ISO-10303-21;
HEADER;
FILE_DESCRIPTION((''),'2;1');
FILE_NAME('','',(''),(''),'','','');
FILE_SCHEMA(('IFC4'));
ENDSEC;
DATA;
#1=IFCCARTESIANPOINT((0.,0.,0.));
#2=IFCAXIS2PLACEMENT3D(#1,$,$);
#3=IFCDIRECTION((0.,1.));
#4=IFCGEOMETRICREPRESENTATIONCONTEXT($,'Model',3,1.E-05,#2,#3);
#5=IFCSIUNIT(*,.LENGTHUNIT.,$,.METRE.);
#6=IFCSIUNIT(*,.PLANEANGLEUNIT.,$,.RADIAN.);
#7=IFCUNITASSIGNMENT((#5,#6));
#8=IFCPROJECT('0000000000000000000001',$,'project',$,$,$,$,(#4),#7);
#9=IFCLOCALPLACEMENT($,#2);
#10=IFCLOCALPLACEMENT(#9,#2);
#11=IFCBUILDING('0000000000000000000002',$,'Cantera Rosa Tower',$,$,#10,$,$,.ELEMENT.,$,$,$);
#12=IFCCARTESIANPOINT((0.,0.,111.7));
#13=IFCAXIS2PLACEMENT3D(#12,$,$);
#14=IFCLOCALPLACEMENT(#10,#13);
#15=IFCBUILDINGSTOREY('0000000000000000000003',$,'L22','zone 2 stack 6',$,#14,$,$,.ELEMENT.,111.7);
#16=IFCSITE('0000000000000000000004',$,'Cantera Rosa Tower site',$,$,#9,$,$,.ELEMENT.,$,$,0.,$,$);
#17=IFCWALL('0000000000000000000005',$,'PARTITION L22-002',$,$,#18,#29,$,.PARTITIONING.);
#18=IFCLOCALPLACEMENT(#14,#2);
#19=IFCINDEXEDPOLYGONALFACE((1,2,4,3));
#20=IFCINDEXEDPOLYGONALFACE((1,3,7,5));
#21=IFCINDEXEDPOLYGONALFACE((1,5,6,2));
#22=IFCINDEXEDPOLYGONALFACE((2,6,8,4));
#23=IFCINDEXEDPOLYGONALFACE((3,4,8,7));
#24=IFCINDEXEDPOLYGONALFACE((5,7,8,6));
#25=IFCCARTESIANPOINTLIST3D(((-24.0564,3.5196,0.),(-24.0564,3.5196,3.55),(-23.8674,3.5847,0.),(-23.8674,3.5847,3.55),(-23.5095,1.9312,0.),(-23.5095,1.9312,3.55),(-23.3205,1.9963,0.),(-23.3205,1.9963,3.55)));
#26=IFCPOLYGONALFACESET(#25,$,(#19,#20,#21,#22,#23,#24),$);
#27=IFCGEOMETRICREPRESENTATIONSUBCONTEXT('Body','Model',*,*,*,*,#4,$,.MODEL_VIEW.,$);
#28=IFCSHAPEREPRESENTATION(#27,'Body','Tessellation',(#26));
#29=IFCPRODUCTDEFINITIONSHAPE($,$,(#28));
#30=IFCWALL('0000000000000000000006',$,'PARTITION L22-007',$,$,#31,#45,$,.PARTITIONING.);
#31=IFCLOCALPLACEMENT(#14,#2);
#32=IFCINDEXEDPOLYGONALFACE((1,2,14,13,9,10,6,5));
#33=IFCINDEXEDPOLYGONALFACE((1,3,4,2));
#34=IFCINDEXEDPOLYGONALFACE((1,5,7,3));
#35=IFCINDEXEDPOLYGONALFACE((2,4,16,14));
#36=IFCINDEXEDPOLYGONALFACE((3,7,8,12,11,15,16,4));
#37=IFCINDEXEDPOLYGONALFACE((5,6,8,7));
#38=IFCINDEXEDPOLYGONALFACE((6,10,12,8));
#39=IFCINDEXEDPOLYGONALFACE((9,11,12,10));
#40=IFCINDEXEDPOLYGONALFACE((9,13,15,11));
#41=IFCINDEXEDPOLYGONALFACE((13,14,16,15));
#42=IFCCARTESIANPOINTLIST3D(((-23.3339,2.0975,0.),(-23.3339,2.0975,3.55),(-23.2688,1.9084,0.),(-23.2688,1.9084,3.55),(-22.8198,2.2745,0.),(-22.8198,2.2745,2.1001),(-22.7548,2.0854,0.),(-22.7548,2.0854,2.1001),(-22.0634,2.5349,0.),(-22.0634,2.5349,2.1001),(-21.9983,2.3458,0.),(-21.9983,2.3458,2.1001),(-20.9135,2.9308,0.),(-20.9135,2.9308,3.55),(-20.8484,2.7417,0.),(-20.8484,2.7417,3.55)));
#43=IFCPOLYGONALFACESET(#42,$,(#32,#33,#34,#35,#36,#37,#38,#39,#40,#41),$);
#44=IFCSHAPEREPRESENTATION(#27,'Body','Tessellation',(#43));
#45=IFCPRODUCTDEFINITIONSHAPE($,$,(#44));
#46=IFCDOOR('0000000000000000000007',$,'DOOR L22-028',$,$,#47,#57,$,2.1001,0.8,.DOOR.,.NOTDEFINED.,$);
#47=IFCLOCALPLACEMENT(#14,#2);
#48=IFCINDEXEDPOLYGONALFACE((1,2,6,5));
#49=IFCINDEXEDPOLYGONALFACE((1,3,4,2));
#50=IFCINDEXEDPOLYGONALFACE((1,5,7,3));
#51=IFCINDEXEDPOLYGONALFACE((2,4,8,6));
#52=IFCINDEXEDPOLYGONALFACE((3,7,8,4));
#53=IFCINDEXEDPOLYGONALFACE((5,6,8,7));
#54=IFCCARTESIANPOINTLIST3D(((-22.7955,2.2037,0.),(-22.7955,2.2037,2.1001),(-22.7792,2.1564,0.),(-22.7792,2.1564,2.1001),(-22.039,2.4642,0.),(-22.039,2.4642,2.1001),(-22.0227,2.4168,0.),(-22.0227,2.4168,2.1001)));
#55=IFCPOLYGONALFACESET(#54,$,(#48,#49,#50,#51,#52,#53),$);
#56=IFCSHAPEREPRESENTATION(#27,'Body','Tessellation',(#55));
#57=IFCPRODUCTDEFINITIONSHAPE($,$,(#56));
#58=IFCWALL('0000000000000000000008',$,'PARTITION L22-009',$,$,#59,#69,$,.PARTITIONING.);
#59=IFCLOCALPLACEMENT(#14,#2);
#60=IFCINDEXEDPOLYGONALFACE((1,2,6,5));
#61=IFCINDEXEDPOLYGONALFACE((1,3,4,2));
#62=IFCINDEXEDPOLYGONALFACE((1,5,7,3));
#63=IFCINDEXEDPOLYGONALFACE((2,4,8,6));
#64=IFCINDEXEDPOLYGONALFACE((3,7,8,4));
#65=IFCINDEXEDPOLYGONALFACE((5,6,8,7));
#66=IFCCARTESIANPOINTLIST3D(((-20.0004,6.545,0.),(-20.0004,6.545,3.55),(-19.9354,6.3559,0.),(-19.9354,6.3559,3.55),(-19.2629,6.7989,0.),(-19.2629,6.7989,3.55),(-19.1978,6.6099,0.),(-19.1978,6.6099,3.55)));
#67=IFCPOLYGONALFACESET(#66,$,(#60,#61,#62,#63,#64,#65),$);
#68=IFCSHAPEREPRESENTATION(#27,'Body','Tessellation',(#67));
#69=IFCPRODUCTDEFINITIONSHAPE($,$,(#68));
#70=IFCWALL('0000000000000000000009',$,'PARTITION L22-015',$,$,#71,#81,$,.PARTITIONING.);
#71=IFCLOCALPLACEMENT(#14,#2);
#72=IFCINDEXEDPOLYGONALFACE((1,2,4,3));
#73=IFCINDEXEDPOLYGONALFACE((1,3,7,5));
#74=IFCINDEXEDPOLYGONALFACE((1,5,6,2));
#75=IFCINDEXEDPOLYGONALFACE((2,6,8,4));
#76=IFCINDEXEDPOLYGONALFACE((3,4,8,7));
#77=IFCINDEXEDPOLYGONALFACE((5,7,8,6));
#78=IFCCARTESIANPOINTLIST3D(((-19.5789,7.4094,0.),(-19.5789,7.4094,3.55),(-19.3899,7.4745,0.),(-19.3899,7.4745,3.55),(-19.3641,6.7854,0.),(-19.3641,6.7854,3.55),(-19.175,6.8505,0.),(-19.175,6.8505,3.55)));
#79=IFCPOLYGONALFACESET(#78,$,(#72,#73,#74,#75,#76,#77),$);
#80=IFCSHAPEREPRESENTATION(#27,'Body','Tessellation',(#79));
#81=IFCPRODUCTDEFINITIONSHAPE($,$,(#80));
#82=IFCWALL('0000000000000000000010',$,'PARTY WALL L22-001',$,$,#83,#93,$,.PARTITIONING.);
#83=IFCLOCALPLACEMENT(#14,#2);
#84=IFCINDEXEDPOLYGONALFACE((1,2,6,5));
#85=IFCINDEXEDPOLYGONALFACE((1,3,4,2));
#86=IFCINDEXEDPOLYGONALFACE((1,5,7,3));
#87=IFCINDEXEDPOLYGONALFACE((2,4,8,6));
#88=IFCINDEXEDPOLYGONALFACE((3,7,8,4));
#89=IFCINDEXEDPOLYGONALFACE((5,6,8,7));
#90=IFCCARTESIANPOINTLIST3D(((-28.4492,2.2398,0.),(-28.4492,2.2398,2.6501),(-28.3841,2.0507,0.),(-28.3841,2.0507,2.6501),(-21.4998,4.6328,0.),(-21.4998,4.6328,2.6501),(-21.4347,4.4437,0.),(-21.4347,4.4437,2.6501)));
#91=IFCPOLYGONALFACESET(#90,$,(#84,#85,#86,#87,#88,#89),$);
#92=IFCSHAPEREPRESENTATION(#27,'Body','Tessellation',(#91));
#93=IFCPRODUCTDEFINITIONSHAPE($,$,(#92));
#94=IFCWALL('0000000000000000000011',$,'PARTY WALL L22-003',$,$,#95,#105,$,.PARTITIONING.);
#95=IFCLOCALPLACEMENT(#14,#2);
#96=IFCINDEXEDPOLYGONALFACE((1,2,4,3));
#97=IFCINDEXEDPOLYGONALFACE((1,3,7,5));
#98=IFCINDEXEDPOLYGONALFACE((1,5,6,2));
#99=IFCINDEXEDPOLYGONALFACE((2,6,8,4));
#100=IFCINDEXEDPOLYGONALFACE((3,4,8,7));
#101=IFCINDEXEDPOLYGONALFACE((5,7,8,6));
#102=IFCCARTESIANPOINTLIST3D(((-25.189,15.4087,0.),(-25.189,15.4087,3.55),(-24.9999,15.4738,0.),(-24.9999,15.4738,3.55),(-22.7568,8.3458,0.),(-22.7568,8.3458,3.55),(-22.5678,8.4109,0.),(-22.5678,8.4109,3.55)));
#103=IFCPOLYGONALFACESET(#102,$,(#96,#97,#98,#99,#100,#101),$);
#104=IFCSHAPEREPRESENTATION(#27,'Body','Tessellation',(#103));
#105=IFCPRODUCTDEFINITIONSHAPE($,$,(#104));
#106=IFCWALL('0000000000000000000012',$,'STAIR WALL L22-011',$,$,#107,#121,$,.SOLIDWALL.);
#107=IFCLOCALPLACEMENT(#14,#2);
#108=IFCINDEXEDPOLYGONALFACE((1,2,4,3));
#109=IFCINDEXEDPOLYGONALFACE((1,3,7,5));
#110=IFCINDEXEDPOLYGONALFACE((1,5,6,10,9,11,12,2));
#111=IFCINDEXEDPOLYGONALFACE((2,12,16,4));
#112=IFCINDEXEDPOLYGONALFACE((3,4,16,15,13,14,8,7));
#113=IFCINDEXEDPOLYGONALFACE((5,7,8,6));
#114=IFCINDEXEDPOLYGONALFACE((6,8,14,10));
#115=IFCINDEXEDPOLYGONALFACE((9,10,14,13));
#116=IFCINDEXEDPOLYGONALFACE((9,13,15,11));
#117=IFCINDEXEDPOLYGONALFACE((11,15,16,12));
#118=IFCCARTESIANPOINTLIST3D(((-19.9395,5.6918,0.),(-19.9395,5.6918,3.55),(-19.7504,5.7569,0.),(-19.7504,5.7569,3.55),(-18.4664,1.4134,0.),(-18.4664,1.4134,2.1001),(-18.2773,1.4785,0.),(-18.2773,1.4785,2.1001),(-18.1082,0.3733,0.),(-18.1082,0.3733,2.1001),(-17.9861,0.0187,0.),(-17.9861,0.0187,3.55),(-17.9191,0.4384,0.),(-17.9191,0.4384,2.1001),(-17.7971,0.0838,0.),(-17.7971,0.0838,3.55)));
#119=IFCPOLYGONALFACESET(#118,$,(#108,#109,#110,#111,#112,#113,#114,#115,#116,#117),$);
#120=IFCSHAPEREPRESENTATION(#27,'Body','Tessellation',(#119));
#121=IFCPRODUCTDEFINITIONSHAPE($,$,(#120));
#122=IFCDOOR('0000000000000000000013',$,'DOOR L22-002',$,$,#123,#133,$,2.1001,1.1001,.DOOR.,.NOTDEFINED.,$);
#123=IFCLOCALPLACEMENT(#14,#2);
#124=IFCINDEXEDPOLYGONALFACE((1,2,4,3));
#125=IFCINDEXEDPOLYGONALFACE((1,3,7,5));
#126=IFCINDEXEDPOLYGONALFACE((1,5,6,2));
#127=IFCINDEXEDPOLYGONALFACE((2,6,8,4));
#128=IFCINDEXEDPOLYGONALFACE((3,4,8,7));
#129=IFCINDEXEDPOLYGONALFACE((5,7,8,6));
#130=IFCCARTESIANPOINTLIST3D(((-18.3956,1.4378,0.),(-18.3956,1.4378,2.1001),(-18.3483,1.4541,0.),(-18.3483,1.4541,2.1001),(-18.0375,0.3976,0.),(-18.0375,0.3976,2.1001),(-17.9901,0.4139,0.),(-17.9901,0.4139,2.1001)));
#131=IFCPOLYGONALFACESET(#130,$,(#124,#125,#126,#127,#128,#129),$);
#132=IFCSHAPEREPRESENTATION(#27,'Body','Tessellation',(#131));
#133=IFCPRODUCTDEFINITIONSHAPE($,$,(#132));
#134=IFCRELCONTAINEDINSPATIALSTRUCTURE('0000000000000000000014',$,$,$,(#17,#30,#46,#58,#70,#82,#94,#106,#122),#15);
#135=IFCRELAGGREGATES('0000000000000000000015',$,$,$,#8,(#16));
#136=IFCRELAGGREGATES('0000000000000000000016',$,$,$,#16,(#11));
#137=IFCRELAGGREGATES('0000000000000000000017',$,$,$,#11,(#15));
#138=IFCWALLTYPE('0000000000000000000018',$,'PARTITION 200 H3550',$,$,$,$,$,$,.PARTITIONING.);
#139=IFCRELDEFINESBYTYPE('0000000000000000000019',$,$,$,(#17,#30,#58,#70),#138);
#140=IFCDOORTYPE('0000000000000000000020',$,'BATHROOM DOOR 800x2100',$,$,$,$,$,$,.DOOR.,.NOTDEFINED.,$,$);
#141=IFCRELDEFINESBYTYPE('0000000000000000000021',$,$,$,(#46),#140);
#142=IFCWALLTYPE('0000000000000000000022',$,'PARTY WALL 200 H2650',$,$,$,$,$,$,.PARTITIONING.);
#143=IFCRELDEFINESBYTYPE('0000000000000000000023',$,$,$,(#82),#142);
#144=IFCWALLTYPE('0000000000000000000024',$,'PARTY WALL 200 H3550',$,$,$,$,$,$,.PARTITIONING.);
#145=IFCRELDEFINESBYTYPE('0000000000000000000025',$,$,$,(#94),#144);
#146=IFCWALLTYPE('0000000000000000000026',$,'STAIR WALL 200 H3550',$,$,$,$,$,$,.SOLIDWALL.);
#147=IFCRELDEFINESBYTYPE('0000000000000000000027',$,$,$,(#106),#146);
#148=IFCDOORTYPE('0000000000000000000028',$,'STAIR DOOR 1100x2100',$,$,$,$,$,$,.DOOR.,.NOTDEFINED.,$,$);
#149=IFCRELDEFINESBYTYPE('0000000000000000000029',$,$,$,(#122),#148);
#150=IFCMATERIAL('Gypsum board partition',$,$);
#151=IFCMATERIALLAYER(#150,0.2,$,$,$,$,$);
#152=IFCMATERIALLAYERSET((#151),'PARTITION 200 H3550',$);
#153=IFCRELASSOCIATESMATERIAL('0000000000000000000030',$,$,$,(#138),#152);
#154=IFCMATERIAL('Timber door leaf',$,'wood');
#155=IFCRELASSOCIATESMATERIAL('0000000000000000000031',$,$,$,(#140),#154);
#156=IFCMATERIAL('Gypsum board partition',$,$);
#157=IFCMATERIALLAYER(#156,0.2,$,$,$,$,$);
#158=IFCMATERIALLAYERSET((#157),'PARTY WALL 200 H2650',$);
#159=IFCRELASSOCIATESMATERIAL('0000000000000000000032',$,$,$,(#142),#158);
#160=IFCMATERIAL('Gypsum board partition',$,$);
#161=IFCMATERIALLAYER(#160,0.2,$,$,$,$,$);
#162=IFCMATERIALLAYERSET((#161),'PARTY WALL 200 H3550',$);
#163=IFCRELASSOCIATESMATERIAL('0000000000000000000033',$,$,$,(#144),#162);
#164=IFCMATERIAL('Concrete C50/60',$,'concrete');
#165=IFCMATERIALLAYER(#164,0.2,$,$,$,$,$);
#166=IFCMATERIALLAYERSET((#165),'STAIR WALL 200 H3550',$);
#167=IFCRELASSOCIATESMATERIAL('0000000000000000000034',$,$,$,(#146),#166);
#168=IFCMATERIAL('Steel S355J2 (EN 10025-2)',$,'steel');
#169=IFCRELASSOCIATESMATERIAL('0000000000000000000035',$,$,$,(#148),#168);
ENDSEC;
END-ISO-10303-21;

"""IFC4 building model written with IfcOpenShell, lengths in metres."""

from ifc_helpers import new_model, si_unit, direction, frame, frame_2d, origin, place, context, subcontext, project, spatial, rectangle, extrude, material, layer, layer_set, type_object, element, fill, save


model = new_model("IFC4")

# Units and contexts
model_context = context("Model", 3, precision=1e-05, world=origin(), true_north=direction((0.0, 1.0)))
body_context = subcontext(model_context, "Body", "Model", "MODEL_VIEW")
ifc_project = project(units=[si_unit("LENGTHUNIT", "METRE"), si_unit("PLANEANGLEUNIT", "RADIAN")], contexts=[model_context])

# Site, building, storey
site_placement = place(None, origin())
site = spatial("IfcSite", under=ifc_project, at=site_placement, Name="Cantera Rosa Tower site", CompositionType="ELEMENT", RefElevation=0.0)
building_placement = place(site_placement, origin())
building = spatial("IfcBuilding", under=site, at=building_placement, Name="Cantera Rosa Tower", CompositionType="ELEMENT")
storey_placement = place(building_placement, frame((0.0, 0.0, 111.7)))
storey = spatial("IfcBuildingStorey", under=building, at=storey_placement, Name="L22", Description="zone 2 stack 6", CompositionType="ELEMENT", Elevation=111.7)

# Wall
ifc_material_1 = material(Name="Gypsum board partition")
ifc_layer_1 = layer(ifc_material_1, 0.2)
ifc_layer_set_1 = layer_set([ifc_layer_1], Name="PARTITION 200 H3550")
wall_type_1 = type_object("IfcWallType", Name="PARTITION 200 H3550", PredefinedType="PARTITIONING", material=ifc_layer_set_1)
wall_1_placement = place(storey_placement, frame((-23.415, 1.9639, 0.0), z_axis=(0.0, 0.0, 1.0), x_axis=(-0.325543, 0.945527, 0.0)))
element("IfcWall", 1, at=wall_1_placement, inside=storey, type_object=wall_type_1, Name="PARTITION L22-002", PredefinedType="PARTITIONING", context=body_context, shape_type="SweptSolid", body=[
    extrude(rectangle(XDim=1.6799, YDim=0.2, at=frame_2d((0.8398, 0.0))), origin(), (0.0, 0.0, 1.0), 3.55),
])

# Wall, opening, door
wall_2_placement = place(storey_placement, frame((-20.8811, 2.8362, 0.0), z_axis=(0.0, 0.0, 1.0), x_axis=(-0.945538, -0.325512, 0.0)))
wall_2 = element("IfcWall", 2, at=wall_2_placement, inside=storey, type_object=wall_type_1, Name="PARTITION L22-007", PredefinedType="PARTITIONING", context=body_context, shape_type="SweptSolid", body=[
    extrude(rectangle(XDim=2.5598, YDim=0.2, at=frame_2d((1.2798, 0.0))), origin(), (0.0, 0.0, 1.0), 3.55),
])
opening_1_placement = place(wall_2_placement, frame((1.2161, 0.0, 0.0)))
opening_1 = element("IfcOpeningElement", 3, at=opening_1_placement, cuts=wall_2, PredefinedType="OPENING", context=body_context, shape_type="SweptSolid", body=[
    extrude(rectangle(XDim=0.8, YDim=2.1001, at=frame_2d((0.3999, 1.05))), frame((0.0, 0.1099, 0.0), z_axis=(0.0, -1.0, 0.0), x_axis=(1.0, 0.0, 0.0)), (0.0, 0.0, 1.0), 0.22),
])
ifc_material_2 = material(Name="Timber door leaf", Category="wood")
door_type_1 = type_object("IfcDoorType", Name="BATHROOM DOOR 800x2100", OperationType="NOTDEFINED", PredefinedType="DOOR", material=ifc_material_2)
door_1_placement = place(opening_1_placement, origin())
door_1 = element("IfcDoor", 4, at=door_1_placement, inside=storey, type_object=door_type_1, Name="DOOR L22-028", OperationType="NOTDEFINED", OverallHeight=2.1001, OverallWidth=0.8, PredefinedType="DOOR", context=body_context, shape_type="SweptSolid", body=[
    extrude(rectangle(XDim=0.8, YDim=2.1001, at=frame_2d((0.3999, 1.05))), frame((0.0, 0.0249, 0.0), z_axis=(0.0, -1.0, 0.0), x_axis=(1.0, 0.0, 0.0)), (0.0, 0.0, 1.0), 0.05),
])
fill(opening_1, door_1)

# Walls
wall_3_placement = place(storey_placement, frame((-19.968, 6.4504, 0.0), z_axis=(0.0, 0.0, 1.0), x_axis=(0.945539, 0.325508, 0.0)))
element("IfcWall", 5, at=wall_3_placement, inside=storey, type_object=wall_type_1, Name="PARTITION L22-009", PredefinedType="PARTITIONING", context=body_context, shape_type="SweptSolid", body=[
    extrude(rectangle(XDim=0.78, YDim=0.2, at=frame_2d((0.3901, 0.0))), origin(), (0.0, 0.0, 1.0), 3.55),
])
wall_4_placement = place(storey_placement, frame((-19.2695, 6.8179, 0.0), z_axis=(0.0, 0.0, 1.0), x_axis=(-0.325535, 0.94553, 0.0)))
element("IfcWall", 6, at=wall_4_placement, inside=storey, type_object=wall_type_1, Name="PARTITION L22-015", PredefinedType="PARTITIONING", context=body_context, shape_type="SweptSolid", body=[
    extrude(rectangle(XDim=0.6599, YDim=0.2, at=frame_2d((0.3301, 0.0))), origin(), (0.0, 0.0, 1.0), 3.55),
])
ifc_material_3 = material(Name="Gypsum board partition")
ifc_layer_2 = layer(ifc_material_3, 0.2)
ifc_layer_set_2 = layer_set([ifc_layer_2], Name="PARTY WALL 200 H2650")
wall_type_2 = type_object("IfcWallType", Name="PARTY WALL 200 H2650", PredefinedType="PARTITIONING", material=ifc_layer_set_2)
wall_5_placement = place(storey_placement, frame((-28.4165, 2.1453, 0.0), z_axis=(0.0, 0.0, 1.0), x_axis=(0.945511, 0.325589, 0.0)))
element("IfcWall", 7, at=wall_5_placement, inside=storey, type_object=wall_type_2, Name="PARTY WALL L22-001", PredefinedType="PARTITIONING", context=body_context, shape_type="SweptSolid", body=[
    extrude(rectangle(XDim=7.3499, YDim=0.2, at=frame_2d((3.6748, 0.0))), origin(), (0.0, 0.0, 1.0), 2.6501),
])
ifc_material_4 = material(Name="Gypsum board partition")
ifc_layer_3 = layer(ifc_material_4, 0.2)
ifc_layer_set_3 = layer_set([ifc_layer_3], Name="PARTY WALL 200 H3550")
wall_type_3 = type_object("IfcWallType", Name="PARTY WALL 200 H3550", PredefinedType="PARTITIONING", material=ifc_layer_set_3)
wall_6_placement = place(storey_placement, frame((-22.6624, 8.3784, 0.0), z_axis=(0.0, 0.0, 1.0), x_axis=(-0.325586, 0.945513, 0.0)))
element("IfcWall", 8, at=wall_6_placement, inside=storey, type_object=wall_type_3, Name="PARTY WALL L22-003", PredefinedType="PARTITIONING", context=body_context, shape_type="SweptSolid", body=[
    extrude(rectangle(XDim=7.47, YDim=0.2, at=frame_2d((3.7349, 0.0))), origin(), (0.0, 0.0, 1.0), 3.55),
])

# Wall, opening, door
ifc_material_5 = material(Name="Concrete C50/60", Category="concrete")
ifc_layer_4 = layer(ifc_material_5, 0.2)
ifc_layer_set_4 = layer_set([ifc_layer_4], Name="STAIR WALL 200 H3550")
wall_type_4 = type_object("IfcWallType", Name="STAIR WALL 200 H3550", PredefinedType="SOLIDWALL", material=ifc_layer_set_4)
wall_7_placement = place(storey_placement, frame((-19.845, 5.7244, 0.0), z_axis=(0.0, 0.0, 1.0), x_axis=(0.325563, -0.94552, 0.0)))
wall_7 = element("IfcWall", 9, at=wall_7_placement, inside=storey, type_object=wall_type_4, Name="STAIR WALL L22-011", PredefinedType="SOLIDWALL", context=body_context, shape_type="SweptSolid", body=[
    extrude(rectangle(XDim=6.0, YDim=0.2, at=frame_2d((3.0, 0.0))), origin(), (0.0, 0.0, 1.0), 3.55),
])
opening_2_placement = place(wall_7_placement, frame((4.5249, 0.0, 0.0)))
opening_2 = element("IfcOpeningElement", 10, at=opening_2_placement, cuts=wall_7, PredefinedType="OPENING", context=body_context, shape_type="SweptSolid", body=[
    extrude(rectangle(XDim=1.1001, YDim=2.1001, at=frame_2d((0.55, 1.05))), frame((0.0, 0.1099, 0.0), z_axis=(0.0, -1.0, 0.0), x_axis=(1.0, 0.0, 0.0)), (0.0, 0.0, 1.0), 0.22),
])
ifc_material_6 = material(Name="Steel S355J2 (EN 10025-2)", Category="steel")
door_type_2 = type_object("IfcDoorType", Name="STAIR DOOR 1100x2100", OperationType="NOTDEFINED", PredefinedType="DOOR", material=ifc_material_6)
door_2_placement = place(opening_2_placement, origin())
door_2 = element("IfcDoor", 11, at=door_2_placement, inside=storey, type_object=door_type_2, Name="DOOR L22-002", OperationType="NOTDEFINED", OverallHeight=2.1001, OverallWidth=1.1001, PredefinedType="DOOR", context=body_context, shape_type="SweptSolid", body=[
    extrude(rectangle(XDim=1.1001, YDim=2.1001, at=frame_2d((0.55, 1.05))), frame((0.0, 0.0249, 0.0), z_axis=(0.0, -1.0, 0.0), x_axis=(1.0, 0.0, 0.0)), (0.0, 0.0, 1.0), 0.05),
])
fill(opening_2, door_2)

save(model, "model.ifc")
